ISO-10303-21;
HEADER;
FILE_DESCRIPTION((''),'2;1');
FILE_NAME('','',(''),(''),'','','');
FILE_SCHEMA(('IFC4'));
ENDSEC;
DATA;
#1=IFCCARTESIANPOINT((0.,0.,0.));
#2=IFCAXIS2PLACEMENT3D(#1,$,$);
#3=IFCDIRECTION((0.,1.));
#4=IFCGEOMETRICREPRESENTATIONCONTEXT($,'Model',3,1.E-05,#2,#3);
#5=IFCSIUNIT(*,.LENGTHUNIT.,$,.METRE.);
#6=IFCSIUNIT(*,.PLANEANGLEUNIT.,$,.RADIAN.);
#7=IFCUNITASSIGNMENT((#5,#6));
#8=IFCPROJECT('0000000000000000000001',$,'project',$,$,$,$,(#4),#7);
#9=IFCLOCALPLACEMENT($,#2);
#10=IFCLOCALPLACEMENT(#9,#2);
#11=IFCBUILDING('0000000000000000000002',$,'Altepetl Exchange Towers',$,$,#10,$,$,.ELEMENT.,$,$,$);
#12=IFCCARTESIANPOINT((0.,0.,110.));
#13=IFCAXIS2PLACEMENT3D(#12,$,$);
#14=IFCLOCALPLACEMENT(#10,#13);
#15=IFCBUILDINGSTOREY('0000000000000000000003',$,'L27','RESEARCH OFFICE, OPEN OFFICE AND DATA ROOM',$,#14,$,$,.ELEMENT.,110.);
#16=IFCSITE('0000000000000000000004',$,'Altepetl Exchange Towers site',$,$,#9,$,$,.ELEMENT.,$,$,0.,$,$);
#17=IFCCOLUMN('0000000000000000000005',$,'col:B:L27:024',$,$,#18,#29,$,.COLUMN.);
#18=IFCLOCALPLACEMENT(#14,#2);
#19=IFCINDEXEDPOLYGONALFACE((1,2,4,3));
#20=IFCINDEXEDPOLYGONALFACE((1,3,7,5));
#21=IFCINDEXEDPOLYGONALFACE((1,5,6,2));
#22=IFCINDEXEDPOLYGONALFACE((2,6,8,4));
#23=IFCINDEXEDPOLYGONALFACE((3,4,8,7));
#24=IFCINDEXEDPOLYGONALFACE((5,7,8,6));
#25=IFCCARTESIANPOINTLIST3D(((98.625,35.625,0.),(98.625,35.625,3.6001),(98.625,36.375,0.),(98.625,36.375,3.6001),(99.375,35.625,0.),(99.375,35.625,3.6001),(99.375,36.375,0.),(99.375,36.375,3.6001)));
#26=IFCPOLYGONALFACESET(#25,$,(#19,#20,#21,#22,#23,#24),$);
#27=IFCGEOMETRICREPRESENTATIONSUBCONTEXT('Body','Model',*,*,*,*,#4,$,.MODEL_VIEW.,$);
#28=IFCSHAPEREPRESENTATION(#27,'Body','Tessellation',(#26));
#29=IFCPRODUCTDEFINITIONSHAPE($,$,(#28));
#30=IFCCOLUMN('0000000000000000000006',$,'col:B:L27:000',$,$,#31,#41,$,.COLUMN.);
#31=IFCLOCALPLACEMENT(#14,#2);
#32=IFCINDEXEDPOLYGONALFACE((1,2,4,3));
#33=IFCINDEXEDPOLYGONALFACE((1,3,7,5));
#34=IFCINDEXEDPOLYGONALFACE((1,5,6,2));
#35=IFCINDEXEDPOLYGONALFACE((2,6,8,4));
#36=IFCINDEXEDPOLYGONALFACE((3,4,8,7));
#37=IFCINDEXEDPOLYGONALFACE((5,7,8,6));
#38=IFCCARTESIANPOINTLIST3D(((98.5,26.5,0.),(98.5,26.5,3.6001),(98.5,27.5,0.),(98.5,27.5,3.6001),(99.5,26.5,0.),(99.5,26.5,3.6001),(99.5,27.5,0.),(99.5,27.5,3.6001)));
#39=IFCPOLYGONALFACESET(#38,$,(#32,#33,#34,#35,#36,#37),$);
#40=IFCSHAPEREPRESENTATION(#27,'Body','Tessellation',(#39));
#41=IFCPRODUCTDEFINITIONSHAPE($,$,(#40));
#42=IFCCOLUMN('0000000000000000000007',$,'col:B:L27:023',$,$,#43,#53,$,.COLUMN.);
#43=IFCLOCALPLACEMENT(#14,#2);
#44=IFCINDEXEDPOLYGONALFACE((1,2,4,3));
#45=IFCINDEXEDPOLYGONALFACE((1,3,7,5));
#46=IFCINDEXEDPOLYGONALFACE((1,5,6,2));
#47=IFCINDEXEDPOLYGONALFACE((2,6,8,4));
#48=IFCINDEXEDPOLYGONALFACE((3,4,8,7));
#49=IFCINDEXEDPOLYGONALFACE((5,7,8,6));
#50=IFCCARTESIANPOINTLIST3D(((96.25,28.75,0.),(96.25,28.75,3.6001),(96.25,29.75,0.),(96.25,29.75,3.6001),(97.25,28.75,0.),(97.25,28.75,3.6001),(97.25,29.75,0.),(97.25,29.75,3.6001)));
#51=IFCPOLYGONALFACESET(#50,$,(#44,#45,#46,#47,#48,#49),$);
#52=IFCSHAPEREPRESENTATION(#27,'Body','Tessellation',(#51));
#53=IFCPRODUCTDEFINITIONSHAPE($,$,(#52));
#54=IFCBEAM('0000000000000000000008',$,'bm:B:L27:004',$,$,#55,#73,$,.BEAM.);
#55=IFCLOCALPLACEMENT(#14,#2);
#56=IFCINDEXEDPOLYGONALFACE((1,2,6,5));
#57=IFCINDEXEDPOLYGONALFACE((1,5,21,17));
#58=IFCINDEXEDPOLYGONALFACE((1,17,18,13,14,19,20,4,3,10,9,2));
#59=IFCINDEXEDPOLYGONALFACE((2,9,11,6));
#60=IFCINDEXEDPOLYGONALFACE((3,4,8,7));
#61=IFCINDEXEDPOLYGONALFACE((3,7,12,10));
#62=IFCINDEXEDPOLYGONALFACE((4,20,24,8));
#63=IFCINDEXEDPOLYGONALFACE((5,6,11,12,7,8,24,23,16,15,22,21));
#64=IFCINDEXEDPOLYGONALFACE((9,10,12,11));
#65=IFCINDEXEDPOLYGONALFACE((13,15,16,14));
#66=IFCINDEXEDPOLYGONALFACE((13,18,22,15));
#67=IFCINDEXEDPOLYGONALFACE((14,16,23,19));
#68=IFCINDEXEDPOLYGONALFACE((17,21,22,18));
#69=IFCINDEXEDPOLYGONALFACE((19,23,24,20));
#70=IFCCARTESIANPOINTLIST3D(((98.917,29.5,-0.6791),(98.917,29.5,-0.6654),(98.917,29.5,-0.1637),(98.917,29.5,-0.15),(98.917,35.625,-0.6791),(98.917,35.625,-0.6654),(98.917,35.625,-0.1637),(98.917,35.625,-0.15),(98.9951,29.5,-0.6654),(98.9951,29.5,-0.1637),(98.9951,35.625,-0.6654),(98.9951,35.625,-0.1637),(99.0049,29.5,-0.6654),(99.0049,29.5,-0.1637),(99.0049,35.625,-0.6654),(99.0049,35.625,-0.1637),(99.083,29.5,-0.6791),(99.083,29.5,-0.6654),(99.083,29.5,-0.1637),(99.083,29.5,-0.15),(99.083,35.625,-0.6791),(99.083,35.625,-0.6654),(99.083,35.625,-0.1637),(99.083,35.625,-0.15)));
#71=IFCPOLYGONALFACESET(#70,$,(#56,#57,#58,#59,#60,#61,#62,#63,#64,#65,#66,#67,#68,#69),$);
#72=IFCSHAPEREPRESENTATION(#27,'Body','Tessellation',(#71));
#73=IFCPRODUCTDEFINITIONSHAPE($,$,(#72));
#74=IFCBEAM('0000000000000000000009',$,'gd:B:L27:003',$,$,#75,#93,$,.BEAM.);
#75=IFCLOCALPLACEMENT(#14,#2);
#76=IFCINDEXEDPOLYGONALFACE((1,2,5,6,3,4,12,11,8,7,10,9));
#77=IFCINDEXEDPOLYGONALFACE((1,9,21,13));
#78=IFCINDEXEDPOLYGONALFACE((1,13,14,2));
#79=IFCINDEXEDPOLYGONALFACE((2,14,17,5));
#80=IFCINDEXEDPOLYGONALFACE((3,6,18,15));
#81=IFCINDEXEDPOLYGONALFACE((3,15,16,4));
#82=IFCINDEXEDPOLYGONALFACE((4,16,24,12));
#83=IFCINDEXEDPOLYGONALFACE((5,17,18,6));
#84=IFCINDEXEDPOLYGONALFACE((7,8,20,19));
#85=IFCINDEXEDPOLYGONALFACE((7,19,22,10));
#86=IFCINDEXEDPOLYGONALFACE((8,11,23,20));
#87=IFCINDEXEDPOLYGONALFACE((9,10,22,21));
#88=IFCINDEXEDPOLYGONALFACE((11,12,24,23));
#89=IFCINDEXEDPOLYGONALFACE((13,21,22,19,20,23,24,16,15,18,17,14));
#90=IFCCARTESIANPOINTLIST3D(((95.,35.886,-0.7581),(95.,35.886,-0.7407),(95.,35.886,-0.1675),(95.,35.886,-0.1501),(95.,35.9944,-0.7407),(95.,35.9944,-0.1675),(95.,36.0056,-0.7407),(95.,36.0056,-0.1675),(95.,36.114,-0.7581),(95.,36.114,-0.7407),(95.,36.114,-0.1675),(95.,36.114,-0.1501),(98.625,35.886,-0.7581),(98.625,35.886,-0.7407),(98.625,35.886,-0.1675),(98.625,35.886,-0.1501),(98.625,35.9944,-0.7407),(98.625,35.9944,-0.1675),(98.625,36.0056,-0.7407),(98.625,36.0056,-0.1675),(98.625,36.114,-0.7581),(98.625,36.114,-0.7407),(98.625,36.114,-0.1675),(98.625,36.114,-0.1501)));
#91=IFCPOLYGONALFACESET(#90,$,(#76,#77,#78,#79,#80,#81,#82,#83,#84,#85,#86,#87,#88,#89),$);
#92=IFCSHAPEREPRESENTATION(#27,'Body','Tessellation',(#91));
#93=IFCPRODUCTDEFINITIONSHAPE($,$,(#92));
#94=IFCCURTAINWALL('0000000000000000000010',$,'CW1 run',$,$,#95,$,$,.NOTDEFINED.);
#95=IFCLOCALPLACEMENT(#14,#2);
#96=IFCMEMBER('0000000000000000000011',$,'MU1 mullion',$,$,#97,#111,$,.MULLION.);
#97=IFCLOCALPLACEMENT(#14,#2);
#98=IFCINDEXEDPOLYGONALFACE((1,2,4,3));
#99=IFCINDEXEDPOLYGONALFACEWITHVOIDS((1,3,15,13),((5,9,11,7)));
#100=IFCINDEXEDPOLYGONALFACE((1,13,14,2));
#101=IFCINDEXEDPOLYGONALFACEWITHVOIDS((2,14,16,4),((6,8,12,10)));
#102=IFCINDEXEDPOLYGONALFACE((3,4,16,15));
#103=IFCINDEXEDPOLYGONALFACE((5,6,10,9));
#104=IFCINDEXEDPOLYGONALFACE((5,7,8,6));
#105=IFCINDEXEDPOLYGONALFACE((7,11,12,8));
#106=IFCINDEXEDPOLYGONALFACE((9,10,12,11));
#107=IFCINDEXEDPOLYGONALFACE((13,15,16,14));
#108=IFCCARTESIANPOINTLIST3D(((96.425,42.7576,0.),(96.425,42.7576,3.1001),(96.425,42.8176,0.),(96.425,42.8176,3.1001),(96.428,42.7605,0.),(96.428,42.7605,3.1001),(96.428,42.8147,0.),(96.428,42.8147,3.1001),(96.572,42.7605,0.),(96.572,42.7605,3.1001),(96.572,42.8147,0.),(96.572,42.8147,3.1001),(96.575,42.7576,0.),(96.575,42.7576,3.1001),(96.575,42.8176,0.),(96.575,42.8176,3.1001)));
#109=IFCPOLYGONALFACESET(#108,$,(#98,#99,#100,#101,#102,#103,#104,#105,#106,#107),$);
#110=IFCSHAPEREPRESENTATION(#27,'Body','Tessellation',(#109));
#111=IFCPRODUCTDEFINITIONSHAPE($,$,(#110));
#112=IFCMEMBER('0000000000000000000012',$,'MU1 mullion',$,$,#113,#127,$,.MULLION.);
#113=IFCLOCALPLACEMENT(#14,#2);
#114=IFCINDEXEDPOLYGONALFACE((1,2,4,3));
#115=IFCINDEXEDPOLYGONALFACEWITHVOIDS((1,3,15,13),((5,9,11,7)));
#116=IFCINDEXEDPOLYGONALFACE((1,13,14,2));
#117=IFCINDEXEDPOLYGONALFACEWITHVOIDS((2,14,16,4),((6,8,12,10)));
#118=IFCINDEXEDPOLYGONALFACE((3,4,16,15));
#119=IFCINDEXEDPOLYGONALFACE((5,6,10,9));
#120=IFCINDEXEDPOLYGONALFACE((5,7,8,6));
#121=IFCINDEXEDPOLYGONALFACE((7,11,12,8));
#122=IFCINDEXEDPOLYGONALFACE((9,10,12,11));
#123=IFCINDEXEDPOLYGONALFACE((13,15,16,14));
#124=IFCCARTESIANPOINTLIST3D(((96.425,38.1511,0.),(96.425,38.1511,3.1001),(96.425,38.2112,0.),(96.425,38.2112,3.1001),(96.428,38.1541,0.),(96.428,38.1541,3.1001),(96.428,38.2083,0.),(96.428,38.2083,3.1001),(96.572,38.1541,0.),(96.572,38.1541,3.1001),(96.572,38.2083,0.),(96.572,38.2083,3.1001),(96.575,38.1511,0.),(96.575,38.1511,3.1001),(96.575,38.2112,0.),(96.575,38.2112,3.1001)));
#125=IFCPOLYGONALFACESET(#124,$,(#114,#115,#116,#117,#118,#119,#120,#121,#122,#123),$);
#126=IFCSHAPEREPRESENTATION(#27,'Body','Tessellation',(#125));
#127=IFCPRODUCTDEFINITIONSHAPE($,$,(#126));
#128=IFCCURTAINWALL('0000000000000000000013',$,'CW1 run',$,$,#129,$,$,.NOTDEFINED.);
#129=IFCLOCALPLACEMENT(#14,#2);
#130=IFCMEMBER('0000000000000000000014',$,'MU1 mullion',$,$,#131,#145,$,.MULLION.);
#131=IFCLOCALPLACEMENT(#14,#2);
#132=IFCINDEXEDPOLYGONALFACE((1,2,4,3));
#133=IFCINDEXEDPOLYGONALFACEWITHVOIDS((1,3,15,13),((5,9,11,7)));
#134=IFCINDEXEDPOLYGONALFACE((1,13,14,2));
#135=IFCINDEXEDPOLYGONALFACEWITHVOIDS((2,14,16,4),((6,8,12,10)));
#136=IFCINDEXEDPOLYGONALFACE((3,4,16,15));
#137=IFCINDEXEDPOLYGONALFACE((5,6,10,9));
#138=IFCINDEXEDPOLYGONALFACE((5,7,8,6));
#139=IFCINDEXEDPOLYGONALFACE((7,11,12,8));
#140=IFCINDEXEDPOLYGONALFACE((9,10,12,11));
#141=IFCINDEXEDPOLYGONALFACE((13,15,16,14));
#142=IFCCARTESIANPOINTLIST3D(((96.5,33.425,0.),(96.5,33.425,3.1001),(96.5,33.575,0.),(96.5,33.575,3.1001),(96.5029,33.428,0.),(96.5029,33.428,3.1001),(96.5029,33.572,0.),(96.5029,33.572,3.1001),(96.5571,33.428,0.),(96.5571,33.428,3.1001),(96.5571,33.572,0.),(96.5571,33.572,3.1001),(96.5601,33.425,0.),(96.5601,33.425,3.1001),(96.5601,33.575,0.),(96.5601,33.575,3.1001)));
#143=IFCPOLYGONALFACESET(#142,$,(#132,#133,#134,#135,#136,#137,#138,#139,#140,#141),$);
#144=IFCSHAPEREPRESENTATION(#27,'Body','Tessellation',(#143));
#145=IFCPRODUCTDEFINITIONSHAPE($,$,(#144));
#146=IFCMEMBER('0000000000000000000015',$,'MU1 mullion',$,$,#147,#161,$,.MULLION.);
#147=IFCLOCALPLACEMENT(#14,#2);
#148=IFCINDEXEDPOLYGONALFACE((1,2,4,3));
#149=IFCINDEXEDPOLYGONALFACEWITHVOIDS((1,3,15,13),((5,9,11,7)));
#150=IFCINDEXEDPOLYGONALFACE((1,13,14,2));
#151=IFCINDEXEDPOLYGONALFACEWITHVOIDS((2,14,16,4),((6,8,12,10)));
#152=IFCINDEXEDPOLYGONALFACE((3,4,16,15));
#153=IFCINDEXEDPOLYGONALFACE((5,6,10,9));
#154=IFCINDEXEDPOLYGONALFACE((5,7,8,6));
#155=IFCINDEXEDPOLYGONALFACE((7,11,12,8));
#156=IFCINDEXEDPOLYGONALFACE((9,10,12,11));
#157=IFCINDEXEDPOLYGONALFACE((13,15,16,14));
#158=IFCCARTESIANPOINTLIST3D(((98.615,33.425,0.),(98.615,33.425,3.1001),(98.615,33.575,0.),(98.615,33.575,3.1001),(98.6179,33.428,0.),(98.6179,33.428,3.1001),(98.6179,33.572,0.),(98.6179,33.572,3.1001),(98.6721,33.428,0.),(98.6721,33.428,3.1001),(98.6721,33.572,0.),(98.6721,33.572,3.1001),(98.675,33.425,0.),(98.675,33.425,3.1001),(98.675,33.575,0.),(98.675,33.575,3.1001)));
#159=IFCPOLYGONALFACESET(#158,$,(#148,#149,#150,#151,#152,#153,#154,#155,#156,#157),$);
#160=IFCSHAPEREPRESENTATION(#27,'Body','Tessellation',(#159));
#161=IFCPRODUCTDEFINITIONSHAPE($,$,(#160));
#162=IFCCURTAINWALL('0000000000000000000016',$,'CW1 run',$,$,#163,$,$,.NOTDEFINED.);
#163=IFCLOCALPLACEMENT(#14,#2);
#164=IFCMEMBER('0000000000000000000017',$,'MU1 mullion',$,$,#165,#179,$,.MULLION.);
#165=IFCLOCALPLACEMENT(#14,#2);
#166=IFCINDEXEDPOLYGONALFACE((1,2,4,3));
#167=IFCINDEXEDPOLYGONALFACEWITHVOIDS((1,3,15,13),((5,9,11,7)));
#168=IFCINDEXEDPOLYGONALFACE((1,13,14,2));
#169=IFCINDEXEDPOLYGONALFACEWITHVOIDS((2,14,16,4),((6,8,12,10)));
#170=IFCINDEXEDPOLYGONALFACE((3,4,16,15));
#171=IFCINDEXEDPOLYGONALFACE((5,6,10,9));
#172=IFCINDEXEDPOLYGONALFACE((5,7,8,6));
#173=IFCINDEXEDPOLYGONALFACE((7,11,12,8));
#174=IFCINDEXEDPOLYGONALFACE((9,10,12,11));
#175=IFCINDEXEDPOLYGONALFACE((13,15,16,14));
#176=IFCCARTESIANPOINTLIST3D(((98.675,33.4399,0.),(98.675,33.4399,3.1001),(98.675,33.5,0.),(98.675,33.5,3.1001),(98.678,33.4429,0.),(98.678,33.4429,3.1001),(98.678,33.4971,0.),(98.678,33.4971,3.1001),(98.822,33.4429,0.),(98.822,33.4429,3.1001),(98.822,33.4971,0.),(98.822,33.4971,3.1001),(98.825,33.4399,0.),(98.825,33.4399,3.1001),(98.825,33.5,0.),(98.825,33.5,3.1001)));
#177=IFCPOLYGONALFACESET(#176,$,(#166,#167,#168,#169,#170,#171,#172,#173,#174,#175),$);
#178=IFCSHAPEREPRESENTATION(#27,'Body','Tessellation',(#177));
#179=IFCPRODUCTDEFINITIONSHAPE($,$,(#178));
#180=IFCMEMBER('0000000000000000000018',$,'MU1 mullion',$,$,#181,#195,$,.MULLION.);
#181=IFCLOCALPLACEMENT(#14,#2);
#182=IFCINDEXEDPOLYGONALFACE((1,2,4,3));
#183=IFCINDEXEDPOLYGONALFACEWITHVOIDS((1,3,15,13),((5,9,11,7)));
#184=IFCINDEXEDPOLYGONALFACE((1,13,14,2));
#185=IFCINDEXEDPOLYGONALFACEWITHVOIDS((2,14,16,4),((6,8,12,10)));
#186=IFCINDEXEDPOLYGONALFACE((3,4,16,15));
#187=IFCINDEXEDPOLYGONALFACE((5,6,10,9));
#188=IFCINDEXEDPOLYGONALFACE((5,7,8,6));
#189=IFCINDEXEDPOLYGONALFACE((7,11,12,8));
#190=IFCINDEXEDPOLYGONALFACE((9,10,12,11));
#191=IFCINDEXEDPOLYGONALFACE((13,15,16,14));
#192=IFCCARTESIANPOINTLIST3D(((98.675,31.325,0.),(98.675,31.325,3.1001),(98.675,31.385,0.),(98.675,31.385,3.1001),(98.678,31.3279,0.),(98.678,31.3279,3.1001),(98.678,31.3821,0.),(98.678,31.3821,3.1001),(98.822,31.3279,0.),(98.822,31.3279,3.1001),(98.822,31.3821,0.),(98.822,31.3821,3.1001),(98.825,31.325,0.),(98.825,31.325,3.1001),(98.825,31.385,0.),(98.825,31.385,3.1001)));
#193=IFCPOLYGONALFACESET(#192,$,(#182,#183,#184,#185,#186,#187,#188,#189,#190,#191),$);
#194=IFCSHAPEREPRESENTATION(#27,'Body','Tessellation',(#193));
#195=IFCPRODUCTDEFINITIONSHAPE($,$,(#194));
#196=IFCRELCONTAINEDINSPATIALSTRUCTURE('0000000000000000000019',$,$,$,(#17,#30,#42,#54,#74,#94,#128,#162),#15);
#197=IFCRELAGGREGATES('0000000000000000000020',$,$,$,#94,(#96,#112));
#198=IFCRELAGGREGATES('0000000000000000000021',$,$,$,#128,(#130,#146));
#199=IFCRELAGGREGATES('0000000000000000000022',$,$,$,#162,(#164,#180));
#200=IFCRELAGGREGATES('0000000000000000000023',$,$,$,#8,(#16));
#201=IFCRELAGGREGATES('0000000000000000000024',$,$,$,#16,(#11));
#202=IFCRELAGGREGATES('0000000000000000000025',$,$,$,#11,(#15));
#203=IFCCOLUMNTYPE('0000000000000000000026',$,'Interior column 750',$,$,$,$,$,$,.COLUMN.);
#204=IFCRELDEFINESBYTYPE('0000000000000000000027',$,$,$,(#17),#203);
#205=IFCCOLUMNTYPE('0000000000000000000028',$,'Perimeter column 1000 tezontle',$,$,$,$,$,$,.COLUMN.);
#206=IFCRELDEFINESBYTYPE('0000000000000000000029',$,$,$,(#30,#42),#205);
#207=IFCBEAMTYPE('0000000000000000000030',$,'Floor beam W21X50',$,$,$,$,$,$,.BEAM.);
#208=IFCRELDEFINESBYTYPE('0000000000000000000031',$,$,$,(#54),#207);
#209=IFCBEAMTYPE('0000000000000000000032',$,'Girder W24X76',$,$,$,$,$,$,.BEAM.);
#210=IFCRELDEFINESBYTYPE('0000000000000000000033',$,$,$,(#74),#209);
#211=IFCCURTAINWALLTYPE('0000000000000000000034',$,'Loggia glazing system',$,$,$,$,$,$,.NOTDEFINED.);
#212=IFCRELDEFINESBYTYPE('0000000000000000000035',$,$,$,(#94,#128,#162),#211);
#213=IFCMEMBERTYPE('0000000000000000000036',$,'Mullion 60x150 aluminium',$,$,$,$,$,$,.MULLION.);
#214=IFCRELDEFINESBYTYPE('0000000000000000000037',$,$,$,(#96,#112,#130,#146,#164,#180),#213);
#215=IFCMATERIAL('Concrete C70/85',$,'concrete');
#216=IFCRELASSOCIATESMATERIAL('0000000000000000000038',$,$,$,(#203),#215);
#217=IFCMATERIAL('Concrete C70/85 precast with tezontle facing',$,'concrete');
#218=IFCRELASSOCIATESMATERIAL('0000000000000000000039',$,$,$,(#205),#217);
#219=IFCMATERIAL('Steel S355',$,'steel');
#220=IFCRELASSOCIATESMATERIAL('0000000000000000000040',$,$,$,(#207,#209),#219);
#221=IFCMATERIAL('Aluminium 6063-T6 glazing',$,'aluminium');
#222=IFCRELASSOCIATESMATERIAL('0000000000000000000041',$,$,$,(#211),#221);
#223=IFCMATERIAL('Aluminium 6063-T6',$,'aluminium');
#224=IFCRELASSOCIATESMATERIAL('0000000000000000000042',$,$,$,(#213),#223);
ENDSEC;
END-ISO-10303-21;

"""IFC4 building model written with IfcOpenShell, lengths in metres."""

from ifc_helpers import new_model, si_unit, direction, frame, origin, origin_2d, place, context, subcontext, project, spatial, rectangle, hollow_rectangle, i_section, extrude, material, material_profile, profile_set, type_object, element, aggregate, save


model = new_model("IFC4")

# Units and contexts
model_context = context("Model", 3, precision=1e-05, world=origin(), true_north=direction((0.0, 1.0)))
body_context = subcontext(model_context, "Body", "Model", "MODEL_VIEW")
ifc_project = project(units=[si_unit("LENGTHUNIT", "METRE"), si_unit("PLANEANGLEUNIT", "RADIAN")], contexts=[model_context])

# Site, building, storey
site_placement = place(None, origin())
site = spatial("IfcSite", under=ifc_project, at=site_placement, Name="Altepetl Exchange Towers site", CompositionType="ELEMENT", RefElevation=0.0)
building_placement = place(site_placement, origin())
building = spatial("IfcBuilding", under=site, at=building_placement, Name="Altepetl Exchange Towers", CompositionType="ELEMENT")
storey_placement = place(building_placement, frame((0.0, 0.0, 110.0)))
storey = spatial("IfcBuildingStorey", under=building, at=storey_placement, Name="L27", Description="RESEARCH OFFICE, OPEN OFFICE AND DATA ROOM", CompositionType="ELEMENT", Elevation=110.0)

# Columns
ifc_material_1 = material(Name="Concrete C70/85", Category="concrete")
ifc_material_profile_1 = material_profile(ifc_material_1, rectangle(XDim=0.75, YDim=0.75, at=origin_2d()), Name="750 x 750")
ifc_profile_set_1 = profile_set([ifc_material_profile_1], Name="Concrete C70/85")
column_type_1 = type_object("IfcColumnType", Name="Interior column 750", PredefinedType="COLUMN", material=ifc_profile_set_1)
column_placement = place(storey_placement, frame((99.0, 36.0, 0.0)))
element("IfcColumn", 1, at=column_placement, inside=storey, type_object=column_type_1, Name="col:B:L27:024", PredefinedType="COLUMN", context=body_context, shape_type="SweptSolid", body=[
    extrude(rectangle(XDim=0.75, YDim=0.75, at=origin_2d()), origin(), (0.0, 0.0, 1.0), 3.6001),
])
ifc_material_2 = material(Name="Concrete C70/85 precast with tezontle facing", Category="concrete")
ifc_material_profile_2 = material_profile(ifc_material_2, rectangle(XDim=1.0, YDim=1.0, at=origin_2d()), Name="1000 x 1000")
ifc_profile_set_2 = profile_set([ifc_material_profile_2], Name="Concrete C70/85 precast with tezontle facing")
column_type_2 = type_object("IfcColumnType", Name="Perimeter column 1000 tezontle", PredefinedType="COLUMN", material=ifc_profile_set_2)
for number, where, name in (
    (2, (99.0, 27.0, 0.0), "col:B:L27:000"),
    (3, (96.75, 29.25, 0.0), "col:B:L27:023"),
):
    element("IfcColumn", number, at=place(storey_placement, frame(where)), inside=storey, type_object=column_type_2, Name=name, PredefinedType="COLUMN", context=body_context, shape_type="SweptSolid", body=[
        extrude(rectangle(XDim=1.0, YDim=1.0, at=origin_2d()), origin(), (0.0, 0.0, 1.0), 3.6001),
    ])

# Beams
ifc_material_3 = material(Name="Steel S355", Category="steel")
ifc_material_profile_3 = material_profile(ifc_material_3, i_section(OverallWidth=0.166, OverallDepth=0.5291, WebThickness=0.0098, FlangeThickness=0.0137, at=origin_2d()), Name="W21X50")
ifc_profile_set_3 = profile_set([ifc_material_profile_3], Name="Steel S355")
beam_type_1 = type_object("IfcBeamType", Name="Floor beam W21X50", PredefinedType="BEAM", material=ifc_profile_set_3)
beam_1_placement = place(storey_placement, frame((99.0, 29.5, -0.4146), z_axis=(0.0, 1.0, 0.0), x_axis=(-1.0, 0.0, 0.0)))
element("IfcBeam", 4, at=beam_1_placement, inside=storey, type_object=beam_type_1, Name="bm:B:L27:004", PredefinedType="BEAM", context=body_context, shape_type="SweptSolid", body=[
    extrude(i_section(OverallWidth=0.166, OverallDepth=0.5291, WebThickness=0.0098, FlangeThickness=0.0137, at=origin_2d()), origin(), (0.0, 0.0, 1.0), 6.125),
])
ifc_material_profile_4 = material_profile(ifc_material_3, i_section(OverallWidth=0.228, OverallDepth=0.6079, WebThickness=0.0112, FlangeThickness=0.0173, at=origin_2d()), Name="W24X76")
ifc_profile_set_4 = profile_set([ifc_material_profile_4], Name="Steel S355")
beam_type_2 = type_object("IfcBeamType", Name="Girder W24X76", PredefinedType="BEAM", material=ifc_profile_set_4)
beam_2_placement = place(storey_placement, frame((98.625, 36.0, -0.4541), z_axis=(-1.0, 0.0, 0.0), x_axis=(0.0, -1.0, 0.0)))
element("IfcBeam", 5, at=beam_2_placement, inside=storey, type_object=beam_type_2, Name="gd:B:L27:003", PredefinedType="BEAM", context=body_context, shape_type="SweptSolid", body=[
    extrude(i_section(OverallWidth=0.228, OverallDepth=0.6079, WebThickness=0.0112, FlangeThickness=0.0173, at=origin_2d()), origin(), (0.0, 0.0, 1.0), 3.625),
])

# Curtain walls, members
ifc_material_4 = material(Name="Aluminium 6063-T6 glazing", Category="aluminium")
curtain_wall_type = type_object("IfcCurtainWallType", Name="Loggia glazing system", PredefinedType="NOTDEFINED", material=ifc_material_4)
curtain_wall_1_placement = place(storey_placement, origin())
curtain_wall_1 = element("IfcCurtainWall", 6, at=curtain_wall_1_placement, inside=storey, type_object=curtain_wall_type, Name="CW1 run", PredefinedType="NOTDEFINED")
ifc_material_5 = material(Name="Aluminium 6063-T6", Category="aluminium")
ifc_material_profile_5 = material_profile(ifc_material_5, hollow_rectangle(XDim=0.0601, YDim=0.1499, WallThickness=0.0029, at=origin_2d()), Name="Mullion 60x150 aluminium")
ifc_profile_set_5 = profile_set([ifc_material_profile_5], Name="Aluminium 6063-T6")
member_type = type_object("IfcMemberType", Name="Mullion 60x150 aluminium", PredefinedType="MULLION", material=ifc_profile_set_5)
member_1_placement = place(storey_placement, frame((96.5, 42.7876, 0.0), z_axis=(0.0, 0.0, 1.0), x_axis=(0.0, -1.0, 0.0)))
member_1 = element("IfcMember", 7, at=member_1_placement, type_object=member_type, Name="MU1 mullion", PredefinedType="MULLION", context=body_context, shape_type="SweptSolid", body=[
    extrude(hollow_rectangle(XDim=0.0601, YDim=0.1499, WallThickness=0.0029, at=origin_2d()), origin(), (0.0, 0.0, 1.0), 3.1001),
])
member_2_placement = place(storey_placement, frame((96.5, 38.1812, 0.0), z_axis=(0.0, 0.0, 1.0), x_axis=(0.0, -1.0, 0.0)))
member_2 = element("IfcMember", 8, at=member_2_placement, type_object=member_type, Name="MU1 mullion", PredefinedType="MULLION", context=body_context, shape_type="SweptSolid", body=[
    extrude(hollow_rectangle(XDim=0.0601, YDim=0.1499, WallThickness=0.0029, at=origin_2d()), origin(), (0.0, 0.0, 1.0), 3.1001),
])
curtain_wall_2_placement = place(storey_placement, origin())
curtain_wall_2 = element("IfcCurtainWall", 9, at=curtain_wall_2_placement, inside=storey, type_object=curtain_wall_type, Name="CW1 run", PredefinedType="NOTDEFINED")
member_3_placement = place(storey_placement, frame((96.53, 33.5, 0.0)))
member_3 = element("IfcMember", 10, at=member_3_placement, type_object=member_type, Name="MU1 mullion", PredefinedType="MULLION", context=body_context, shape_type="SweptSolid", body=[
    extrude(hollow_rectangle(XDim=0.0601, YDim=0.1499, WallThickness=0.0029, at=origin_2d()), origin(), (0.0, 0.0, 1.0), 3.1001),
])
member_4_placement = place(storey_placement, frame((98.645, 33.5, 0.0)))
member_4 = element("IfcMember", 11, at=member_4_placement, type_object=member_type, Name="MU1 mullion", PredefinedType="MULLION", context=body_context, shape_type="SweptSolid", body=[
    extrude(hollow_rectangle(XDim=0.0601, YDim=0.1499, WallThickness=0.0029, at=origin_2d()), origin(), (0.0, 0.0, 1.0), 3.1001),
])
curtain_wall_3_placement = place(storey_placement, origin())
curtain_wall_3 = element("IfcCurtainWall", 12, at=curtain_wall_3_placement, inside=storey, type_object=curtain_wall_type, Name="CW1 run", PredefinedType="NOTDEFINED")
member_5_placement = place(storey_placement, frame((98.75, 33.47, 0.0), z_axis=(0.0, 0.0, 1.0), x_axis=(0.0, -1.0, 0.0)))
member_5 = element("IfcMember", 13, at=member_5_placement, type_object=member_type, Name="MU1 mullion", PredefinedType="MULLION", context=body_context, shape_type="SweptSolid", body=[
    extrude(hollow_rectangle(XDim=0.0601, YDim=0.1499, WallThickness=0.0029, at=origin_2d()), origin(), (0.0, 0.0, 1.0), 3.1001),
])
member_6_placement = place(storey_placement, frame((98.75, 31.355, 0.0), z_axis=(0.0, 0.0, 1.0), x_axis=(0.0, -1.0, 0.0)))
member_6 = element("IfcMember", 14, at=member_6_placement, type_object=member_type, Name="MU1 mullion", PredefinedType="MULLION", context=body_context, shape_type="SweptSolid", body=[
    extrude(hollow_rectangle(XDim=0.0601, YDim=0.1499, WallThickness=0.0029, at=origin_2d()), origin(), (0.0, 0.0, 1.0), 3.1001),
])

aggregate(curtain_wall_1, [member_1, member_2])
aggregate(curtain_wall_2, [member_3, member_4])
aggregate(curtain_wall_3, [member_5, member_6])

save(model, "model.ifc")
